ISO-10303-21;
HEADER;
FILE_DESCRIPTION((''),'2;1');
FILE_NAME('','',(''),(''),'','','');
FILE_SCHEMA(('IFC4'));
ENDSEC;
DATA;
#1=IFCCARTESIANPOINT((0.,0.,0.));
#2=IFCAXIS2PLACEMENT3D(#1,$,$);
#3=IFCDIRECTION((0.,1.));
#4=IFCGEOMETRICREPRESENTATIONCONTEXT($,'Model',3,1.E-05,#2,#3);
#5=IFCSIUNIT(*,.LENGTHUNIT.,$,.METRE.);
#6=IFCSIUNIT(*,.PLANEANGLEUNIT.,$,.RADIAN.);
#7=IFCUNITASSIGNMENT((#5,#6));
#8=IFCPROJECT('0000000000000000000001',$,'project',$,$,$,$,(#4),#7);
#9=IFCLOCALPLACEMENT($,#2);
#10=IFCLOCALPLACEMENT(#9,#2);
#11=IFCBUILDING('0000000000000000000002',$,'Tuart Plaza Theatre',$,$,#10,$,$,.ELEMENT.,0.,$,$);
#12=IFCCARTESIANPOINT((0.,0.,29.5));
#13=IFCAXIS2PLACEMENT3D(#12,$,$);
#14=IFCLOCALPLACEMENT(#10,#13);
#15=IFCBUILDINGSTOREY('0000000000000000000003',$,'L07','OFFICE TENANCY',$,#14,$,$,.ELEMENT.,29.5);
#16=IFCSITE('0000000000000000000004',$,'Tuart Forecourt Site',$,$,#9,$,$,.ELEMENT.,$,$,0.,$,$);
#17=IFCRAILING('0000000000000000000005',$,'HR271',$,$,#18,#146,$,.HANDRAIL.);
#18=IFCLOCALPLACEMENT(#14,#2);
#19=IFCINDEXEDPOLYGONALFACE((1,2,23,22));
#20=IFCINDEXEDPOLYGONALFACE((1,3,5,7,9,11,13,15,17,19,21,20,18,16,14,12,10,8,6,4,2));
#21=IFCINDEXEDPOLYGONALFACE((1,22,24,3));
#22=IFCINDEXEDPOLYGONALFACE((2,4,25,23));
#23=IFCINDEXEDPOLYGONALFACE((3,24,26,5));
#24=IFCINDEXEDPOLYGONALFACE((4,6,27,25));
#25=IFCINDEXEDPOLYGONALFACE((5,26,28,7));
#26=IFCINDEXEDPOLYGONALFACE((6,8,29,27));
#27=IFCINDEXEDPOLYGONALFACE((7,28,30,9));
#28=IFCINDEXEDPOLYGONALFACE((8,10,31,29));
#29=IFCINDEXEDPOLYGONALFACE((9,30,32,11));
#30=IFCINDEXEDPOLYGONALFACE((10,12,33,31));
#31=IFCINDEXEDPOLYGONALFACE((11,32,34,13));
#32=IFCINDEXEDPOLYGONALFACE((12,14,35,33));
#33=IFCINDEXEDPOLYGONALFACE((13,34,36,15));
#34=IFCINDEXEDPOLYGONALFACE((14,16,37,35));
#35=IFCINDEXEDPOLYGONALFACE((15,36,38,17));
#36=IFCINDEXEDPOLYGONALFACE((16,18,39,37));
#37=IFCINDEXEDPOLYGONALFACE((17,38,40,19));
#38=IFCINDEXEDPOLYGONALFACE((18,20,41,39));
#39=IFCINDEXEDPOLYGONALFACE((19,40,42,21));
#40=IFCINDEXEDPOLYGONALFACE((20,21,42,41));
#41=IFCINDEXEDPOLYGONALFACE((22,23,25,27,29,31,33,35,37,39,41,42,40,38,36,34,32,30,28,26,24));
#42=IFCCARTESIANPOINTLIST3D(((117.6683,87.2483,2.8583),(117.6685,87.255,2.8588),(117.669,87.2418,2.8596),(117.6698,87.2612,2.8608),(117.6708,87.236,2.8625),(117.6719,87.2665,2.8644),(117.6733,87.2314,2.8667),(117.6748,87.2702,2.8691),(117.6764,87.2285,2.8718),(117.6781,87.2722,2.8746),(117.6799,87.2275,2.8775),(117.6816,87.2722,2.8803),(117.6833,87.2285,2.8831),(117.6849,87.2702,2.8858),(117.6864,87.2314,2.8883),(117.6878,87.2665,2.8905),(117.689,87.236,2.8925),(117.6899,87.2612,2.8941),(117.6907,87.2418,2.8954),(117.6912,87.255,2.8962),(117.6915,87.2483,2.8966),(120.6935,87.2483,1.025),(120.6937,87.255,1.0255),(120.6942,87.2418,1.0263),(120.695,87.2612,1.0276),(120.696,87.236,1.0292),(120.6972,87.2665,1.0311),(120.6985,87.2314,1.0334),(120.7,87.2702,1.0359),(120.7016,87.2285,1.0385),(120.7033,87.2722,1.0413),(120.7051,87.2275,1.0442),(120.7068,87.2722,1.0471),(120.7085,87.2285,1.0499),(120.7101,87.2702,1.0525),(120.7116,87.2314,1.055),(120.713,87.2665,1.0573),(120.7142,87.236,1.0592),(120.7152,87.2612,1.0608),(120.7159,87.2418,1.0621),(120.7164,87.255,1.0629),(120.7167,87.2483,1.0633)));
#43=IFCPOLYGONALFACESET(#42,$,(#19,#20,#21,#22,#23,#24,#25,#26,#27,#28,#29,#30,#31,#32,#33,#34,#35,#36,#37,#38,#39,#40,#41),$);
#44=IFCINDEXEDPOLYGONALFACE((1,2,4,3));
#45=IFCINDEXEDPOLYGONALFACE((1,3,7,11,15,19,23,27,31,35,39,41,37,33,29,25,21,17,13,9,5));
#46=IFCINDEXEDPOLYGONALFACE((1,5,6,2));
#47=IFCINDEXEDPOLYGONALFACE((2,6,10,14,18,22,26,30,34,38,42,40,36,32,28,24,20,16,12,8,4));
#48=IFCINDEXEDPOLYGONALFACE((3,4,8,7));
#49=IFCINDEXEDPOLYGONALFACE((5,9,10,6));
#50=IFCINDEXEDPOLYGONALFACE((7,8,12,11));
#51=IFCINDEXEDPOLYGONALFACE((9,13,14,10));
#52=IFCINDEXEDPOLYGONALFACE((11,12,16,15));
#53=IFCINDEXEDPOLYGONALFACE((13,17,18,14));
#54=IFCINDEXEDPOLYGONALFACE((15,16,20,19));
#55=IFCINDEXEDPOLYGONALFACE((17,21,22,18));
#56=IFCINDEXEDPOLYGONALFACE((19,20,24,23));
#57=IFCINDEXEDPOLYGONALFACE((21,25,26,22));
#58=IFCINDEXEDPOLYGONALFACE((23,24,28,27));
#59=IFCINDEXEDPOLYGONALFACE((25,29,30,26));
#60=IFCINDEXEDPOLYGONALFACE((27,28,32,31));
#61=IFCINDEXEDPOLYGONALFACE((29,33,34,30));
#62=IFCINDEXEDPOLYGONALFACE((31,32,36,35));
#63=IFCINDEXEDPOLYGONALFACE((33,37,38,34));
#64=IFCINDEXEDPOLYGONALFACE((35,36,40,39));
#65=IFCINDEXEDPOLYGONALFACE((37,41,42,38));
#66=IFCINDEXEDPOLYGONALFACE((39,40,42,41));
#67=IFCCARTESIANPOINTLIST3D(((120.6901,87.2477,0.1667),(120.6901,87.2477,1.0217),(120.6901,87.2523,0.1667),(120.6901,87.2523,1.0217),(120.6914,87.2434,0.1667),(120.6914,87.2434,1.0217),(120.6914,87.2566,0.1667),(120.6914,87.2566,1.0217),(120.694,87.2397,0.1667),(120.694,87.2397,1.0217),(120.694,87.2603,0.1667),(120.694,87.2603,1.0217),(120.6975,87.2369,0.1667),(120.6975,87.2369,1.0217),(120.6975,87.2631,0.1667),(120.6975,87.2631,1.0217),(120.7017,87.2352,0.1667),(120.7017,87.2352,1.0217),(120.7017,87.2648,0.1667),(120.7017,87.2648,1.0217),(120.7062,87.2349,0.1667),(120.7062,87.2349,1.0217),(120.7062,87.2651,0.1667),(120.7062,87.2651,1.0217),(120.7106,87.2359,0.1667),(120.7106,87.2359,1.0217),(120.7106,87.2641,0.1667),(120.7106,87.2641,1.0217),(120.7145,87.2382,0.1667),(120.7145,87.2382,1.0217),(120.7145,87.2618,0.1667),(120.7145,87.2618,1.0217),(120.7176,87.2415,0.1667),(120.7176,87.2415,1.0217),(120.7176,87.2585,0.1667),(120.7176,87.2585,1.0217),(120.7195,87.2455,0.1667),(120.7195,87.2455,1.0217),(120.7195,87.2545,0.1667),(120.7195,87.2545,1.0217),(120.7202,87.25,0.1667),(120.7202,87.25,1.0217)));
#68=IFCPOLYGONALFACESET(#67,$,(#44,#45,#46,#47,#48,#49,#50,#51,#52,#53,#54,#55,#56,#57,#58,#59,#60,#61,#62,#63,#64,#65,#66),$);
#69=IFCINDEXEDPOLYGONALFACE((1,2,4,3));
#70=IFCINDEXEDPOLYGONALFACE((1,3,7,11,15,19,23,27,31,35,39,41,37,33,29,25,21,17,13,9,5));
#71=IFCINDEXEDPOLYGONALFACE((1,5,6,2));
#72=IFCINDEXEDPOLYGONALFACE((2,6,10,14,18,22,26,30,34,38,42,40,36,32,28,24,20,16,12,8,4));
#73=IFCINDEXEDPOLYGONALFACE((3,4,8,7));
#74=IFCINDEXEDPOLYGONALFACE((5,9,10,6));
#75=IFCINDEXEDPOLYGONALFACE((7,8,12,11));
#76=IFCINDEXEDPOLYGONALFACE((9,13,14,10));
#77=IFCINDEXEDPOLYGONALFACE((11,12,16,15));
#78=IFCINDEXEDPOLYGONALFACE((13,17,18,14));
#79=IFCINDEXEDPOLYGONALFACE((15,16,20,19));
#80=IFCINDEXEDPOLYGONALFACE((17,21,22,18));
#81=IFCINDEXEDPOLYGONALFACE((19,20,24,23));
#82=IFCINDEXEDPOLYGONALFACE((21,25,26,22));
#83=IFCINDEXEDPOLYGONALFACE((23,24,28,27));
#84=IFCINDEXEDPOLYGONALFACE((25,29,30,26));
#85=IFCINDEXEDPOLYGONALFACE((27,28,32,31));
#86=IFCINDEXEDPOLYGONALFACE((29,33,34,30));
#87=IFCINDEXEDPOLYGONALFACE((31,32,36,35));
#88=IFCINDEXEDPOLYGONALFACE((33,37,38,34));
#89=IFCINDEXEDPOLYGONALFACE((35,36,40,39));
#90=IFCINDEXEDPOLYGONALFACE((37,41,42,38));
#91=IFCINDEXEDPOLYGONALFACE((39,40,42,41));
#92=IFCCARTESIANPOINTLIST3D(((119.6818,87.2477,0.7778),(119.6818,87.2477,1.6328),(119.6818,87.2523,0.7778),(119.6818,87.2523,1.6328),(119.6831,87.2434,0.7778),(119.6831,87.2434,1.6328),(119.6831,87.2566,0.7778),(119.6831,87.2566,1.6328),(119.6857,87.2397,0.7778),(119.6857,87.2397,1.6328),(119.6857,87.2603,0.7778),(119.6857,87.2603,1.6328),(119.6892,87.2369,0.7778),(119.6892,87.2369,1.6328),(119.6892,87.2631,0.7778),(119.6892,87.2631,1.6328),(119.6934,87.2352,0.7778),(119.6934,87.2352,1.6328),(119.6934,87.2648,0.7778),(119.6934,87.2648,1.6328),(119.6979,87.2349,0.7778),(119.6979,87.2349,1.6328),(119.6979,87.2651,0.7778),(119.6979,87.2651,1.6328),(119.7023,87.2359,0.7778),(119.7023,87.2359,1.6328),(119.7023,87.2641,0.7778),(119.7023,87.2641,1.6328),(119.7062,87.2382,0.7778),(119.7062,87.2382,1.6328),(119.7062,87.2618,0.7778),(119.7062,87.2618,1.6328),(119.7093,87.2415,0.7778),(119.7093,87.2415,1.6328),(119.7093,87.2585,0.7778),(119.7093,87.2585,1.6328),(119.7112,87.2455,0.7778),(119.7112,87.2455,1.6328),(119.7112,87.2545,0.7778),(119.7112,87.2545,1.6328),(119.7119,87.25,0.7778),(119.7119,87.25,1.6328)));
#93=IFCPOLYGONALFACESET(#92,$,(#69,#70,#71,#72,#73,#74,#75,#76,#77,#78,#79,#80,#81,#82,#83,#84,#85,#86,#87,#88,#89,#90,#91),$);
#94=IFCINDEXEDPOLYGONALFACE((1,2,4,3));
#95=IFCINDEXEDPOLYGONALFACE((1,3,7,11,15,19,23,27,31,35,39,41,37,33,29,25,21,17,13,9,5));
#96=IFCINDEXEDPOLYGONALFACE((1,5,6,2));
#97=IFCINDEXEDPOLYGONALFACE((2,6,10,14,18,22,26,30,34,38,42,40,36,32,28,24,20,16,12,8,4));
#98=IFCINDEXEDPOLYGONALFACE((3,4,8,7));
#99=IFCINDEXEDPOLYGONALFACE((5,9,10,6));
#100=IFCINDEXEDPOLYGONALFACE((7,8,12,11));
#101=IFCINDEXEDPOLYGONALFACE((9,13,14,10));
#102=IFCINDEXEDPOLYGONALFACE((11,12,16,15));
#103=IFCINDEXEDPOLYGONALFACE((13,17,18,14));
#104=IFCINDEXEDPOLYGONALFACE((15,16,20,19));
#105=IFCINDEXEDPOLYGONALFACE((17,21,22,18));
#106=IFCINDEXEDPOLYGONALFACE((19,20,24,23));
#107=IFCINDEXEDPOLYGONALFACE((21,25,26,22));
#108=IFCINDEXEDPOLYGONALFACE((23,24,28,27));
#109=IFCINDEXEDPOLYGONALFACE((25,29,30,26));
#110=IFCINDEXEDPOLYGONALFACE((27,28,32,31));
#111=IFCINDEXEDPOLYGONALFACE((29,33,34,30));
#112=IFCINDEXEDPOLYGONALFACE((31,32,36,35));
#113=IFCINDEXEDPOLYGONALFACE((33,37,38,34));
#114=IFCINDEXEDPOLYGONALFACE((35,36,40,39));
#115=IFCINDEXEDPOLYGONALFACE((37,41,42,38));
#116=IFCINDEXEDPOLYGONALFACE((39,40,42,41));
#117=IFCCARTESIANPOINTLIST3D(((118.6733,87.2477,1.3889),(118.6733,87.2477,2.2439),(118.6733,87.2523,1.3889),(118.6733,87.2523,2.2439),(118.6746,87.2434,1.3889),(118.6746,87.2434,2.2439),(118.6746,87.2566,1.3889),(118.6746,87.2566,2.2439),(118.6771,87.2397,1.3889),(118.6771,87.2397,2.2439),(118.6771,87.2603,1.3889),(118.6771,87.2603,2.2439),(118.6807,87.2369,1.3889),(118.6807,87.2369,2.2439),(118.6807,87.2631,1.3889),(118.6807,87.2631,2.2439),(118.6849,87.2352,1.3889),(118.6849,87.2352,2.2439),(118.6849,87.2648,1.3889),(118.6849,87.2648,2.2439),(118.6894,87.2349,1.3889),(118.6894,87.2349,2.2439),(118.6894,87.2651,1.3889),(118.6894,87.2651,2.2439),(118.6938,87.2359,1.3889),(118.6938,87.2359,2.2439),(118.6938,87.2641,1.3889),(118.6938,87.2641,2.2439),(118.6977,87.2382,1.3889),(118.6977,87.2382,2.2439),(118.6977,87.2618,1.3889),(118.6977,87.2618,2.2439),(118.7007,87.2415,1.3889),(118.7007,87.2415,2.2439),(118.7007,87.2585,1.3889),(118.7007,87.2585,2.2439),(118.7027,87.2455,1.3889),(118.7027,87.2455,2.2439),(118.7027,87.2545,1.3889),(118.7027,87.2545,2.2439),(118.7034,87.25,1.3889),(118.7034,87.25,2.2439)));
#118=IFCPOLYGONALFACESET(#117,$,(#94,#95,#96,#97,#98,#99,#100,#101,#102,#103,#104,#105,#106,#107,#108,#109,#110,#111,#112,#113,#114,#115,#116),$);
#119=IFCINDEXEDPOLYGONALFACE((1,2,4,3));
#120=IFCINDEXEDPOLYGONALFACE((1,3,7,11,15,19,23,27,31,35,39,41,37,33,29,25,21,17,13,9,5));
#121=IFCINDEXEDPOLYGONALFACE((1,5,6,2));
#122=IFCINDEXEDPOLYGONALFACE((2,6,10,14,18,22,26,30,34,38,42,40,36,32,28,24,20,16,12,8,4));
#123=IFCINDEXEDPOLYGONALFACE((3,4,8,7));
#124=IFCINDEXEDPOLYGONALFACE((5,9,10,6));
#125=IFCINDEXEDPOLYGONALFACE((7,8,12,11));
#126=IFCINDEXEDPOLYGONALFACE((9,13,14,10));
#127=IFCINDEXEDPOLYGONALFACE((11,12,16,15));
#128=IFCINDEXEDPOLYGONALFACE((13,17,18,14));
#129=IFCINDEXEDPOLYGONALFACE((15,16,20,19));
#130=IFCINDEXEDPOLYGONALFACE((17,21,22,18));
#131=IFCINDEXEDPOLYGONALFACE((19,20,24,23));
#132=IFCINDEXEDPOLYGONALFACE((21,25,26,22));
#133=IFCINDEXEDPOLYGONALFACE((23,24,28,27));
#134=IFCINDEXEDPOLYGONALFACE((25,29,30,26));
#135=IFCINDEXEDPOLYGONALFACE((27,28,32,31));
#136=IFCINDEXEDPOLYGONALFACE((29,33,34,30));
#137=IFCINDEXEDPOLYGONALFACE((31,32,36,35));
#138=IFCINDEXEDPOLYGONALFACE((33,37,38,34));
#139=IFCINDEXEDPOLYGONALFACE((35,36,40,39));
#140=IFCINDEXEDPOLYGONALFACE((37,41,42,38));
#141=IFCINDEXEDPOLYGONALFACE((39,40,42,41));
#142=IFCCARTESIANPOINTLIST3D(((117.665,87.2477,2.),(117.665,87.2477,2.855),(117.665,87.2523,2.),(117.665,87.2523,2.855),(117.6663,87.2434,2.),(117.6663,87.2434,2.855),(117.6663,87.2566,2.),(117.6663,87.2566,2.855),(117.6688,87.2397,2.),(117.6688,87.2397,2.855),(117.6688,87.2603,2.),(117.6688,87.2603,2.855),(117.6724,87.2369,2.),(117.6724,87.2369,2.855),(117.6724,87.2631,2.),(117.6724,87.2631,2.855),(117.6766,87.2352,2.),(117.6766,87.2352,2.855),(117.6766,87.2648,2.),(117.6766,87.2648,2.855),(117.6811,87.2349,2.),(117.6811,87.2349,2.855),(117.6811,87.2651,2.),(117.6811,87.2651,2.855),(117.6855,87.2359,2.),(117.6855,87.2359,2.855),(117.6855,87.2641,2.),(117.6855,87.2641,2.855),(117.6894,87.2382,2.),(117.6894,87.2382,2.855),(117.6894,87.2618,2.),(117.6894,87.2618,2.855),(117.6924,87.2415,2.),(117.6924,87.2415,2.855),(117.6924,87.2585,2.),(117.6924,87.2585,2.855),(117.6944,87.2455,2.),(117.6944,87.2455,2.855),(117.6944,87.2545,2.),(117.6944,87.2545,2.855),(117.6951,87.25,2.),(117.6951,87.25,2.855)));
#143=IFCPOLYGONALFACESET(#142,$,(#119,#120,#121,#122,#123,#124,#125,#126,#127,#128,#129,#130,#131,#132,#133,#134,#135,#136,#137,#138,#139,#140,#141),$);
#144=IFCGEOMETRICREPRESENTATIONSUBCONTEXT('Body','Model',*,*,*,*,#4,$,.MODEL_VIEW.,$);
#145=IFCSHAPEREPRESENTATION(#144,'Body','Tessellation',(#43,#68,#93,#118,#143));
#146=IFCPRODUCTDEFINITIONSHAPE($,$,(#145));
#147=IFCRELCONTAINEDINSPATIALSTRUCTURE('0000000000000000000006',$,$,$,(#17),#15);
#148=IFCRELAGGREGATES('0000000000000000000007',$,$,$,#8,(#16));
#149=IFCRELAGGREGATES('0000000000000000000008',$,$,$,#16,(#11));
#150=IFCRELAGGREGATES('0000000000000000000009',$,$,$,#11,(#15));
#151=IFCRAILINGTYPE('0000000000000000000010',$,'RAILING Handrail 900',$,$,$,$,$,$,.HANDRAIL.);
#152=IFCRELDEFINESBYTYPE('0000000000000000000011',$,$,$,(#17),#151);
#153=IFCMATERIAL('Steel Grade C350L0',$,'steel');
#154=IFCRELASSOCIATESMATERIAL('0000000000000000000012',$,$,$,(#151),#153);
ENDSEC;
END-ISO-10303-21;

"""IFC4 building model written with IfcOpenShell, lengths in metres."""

from ifc_helpers import new_model, si_unit, direction, frame, origin, origin_2d, place, context, subcontext, project, spatial, circle, extrude, material, type_object, element, save


model = new_model("IFC4")

# Units and contexts
model_context = context("Model", 3, precision=1e-05, world=origin(), true_north=direction((0.0, 1.0)))
body_context = subcontext(model_context, "Body", "Model", "MODEL_VIEW")
ifc_project = project(units=[si_unit("LENGTHUNIT", "METRE"), si_unit("PLANEANGLEUNIT", "RADIAN")], contexts=[model_context])

# Site, building, storey
site_placement = place(None, origin())
site = spatial("IfcSite", under=ifc_project, at=site_placement, Name="Tuart Forecourt Site", CompositionType="ELEMENT", RefElevation=0.0)
building_placement = place(site_placement, origin())
building = spatial("IfcBuilding", under=site, at=building_placement, Name="Tuart Plaza Theatre", CompositionType="ELEMENT", ElevationOfRefHeight=0.0)
storey_placement = place(building_placement, frame((0.0, 0.0, 29.5)))
storey = spatial("IfcBuildingStorey", under=building, at=storey_placement, Name="L07", Description="OFFICE TENANCY", CompositionType="ELEMENT", Elevation=29.5)

# Railing
ifc_material_1 = material(Name="Steel Grade C350L0", Category="steel")
railing_type_1 = type_object("IfcRailingType", Name="RAILING Handrail 900", PredefinedType="HANDRAIL", material=ifc_material_1)
for number, where, name in (
    (1, (120.7051, 87.25, 0.1667), "HR271"),
):
    element("IfcRailing", number, at=place(storey_placement, frame(where)), inside=storey, type_object=railing_type_1, Name=name, PredefinedType="HANDRAIL", context=body_context, shape_type="SweptSolid", body=[
        extrude(circle(Radius=0.0225, at=origin_2d()), frame((0.0, 0.0, 0.8774), z_axis=(-0.855219, 0.0, 0.518267), x_axis=(0.0, -1.0, 0.0)), (0.0, 0.0, 1.0), 3.5374),
        extrude(circle(Radius=0.0151, at=origin_2d()), origin(), (0.0, 0.0, 1.0), 0.855),
        extrude(circle(Radius=0.0151, at=origin_2d()), frame((-1.0083, 0.0, 0.6111)), (0.0, 0.0, 1.0), 0.855),
        extrude(circle(Radius=0.0151, at=origin_2d()), frame((-2.0168, 0.0, 1.2222)), (0.0, 0.0, 1.0), 0.855),
        extrude(circle(Radius=0.0151, at=origin_2d()), frame((-3.0251, 0.0, 1.8333)), (0.0, 0.0, 1.0), 0.855),
    ])

save(model, "model.ifc")
